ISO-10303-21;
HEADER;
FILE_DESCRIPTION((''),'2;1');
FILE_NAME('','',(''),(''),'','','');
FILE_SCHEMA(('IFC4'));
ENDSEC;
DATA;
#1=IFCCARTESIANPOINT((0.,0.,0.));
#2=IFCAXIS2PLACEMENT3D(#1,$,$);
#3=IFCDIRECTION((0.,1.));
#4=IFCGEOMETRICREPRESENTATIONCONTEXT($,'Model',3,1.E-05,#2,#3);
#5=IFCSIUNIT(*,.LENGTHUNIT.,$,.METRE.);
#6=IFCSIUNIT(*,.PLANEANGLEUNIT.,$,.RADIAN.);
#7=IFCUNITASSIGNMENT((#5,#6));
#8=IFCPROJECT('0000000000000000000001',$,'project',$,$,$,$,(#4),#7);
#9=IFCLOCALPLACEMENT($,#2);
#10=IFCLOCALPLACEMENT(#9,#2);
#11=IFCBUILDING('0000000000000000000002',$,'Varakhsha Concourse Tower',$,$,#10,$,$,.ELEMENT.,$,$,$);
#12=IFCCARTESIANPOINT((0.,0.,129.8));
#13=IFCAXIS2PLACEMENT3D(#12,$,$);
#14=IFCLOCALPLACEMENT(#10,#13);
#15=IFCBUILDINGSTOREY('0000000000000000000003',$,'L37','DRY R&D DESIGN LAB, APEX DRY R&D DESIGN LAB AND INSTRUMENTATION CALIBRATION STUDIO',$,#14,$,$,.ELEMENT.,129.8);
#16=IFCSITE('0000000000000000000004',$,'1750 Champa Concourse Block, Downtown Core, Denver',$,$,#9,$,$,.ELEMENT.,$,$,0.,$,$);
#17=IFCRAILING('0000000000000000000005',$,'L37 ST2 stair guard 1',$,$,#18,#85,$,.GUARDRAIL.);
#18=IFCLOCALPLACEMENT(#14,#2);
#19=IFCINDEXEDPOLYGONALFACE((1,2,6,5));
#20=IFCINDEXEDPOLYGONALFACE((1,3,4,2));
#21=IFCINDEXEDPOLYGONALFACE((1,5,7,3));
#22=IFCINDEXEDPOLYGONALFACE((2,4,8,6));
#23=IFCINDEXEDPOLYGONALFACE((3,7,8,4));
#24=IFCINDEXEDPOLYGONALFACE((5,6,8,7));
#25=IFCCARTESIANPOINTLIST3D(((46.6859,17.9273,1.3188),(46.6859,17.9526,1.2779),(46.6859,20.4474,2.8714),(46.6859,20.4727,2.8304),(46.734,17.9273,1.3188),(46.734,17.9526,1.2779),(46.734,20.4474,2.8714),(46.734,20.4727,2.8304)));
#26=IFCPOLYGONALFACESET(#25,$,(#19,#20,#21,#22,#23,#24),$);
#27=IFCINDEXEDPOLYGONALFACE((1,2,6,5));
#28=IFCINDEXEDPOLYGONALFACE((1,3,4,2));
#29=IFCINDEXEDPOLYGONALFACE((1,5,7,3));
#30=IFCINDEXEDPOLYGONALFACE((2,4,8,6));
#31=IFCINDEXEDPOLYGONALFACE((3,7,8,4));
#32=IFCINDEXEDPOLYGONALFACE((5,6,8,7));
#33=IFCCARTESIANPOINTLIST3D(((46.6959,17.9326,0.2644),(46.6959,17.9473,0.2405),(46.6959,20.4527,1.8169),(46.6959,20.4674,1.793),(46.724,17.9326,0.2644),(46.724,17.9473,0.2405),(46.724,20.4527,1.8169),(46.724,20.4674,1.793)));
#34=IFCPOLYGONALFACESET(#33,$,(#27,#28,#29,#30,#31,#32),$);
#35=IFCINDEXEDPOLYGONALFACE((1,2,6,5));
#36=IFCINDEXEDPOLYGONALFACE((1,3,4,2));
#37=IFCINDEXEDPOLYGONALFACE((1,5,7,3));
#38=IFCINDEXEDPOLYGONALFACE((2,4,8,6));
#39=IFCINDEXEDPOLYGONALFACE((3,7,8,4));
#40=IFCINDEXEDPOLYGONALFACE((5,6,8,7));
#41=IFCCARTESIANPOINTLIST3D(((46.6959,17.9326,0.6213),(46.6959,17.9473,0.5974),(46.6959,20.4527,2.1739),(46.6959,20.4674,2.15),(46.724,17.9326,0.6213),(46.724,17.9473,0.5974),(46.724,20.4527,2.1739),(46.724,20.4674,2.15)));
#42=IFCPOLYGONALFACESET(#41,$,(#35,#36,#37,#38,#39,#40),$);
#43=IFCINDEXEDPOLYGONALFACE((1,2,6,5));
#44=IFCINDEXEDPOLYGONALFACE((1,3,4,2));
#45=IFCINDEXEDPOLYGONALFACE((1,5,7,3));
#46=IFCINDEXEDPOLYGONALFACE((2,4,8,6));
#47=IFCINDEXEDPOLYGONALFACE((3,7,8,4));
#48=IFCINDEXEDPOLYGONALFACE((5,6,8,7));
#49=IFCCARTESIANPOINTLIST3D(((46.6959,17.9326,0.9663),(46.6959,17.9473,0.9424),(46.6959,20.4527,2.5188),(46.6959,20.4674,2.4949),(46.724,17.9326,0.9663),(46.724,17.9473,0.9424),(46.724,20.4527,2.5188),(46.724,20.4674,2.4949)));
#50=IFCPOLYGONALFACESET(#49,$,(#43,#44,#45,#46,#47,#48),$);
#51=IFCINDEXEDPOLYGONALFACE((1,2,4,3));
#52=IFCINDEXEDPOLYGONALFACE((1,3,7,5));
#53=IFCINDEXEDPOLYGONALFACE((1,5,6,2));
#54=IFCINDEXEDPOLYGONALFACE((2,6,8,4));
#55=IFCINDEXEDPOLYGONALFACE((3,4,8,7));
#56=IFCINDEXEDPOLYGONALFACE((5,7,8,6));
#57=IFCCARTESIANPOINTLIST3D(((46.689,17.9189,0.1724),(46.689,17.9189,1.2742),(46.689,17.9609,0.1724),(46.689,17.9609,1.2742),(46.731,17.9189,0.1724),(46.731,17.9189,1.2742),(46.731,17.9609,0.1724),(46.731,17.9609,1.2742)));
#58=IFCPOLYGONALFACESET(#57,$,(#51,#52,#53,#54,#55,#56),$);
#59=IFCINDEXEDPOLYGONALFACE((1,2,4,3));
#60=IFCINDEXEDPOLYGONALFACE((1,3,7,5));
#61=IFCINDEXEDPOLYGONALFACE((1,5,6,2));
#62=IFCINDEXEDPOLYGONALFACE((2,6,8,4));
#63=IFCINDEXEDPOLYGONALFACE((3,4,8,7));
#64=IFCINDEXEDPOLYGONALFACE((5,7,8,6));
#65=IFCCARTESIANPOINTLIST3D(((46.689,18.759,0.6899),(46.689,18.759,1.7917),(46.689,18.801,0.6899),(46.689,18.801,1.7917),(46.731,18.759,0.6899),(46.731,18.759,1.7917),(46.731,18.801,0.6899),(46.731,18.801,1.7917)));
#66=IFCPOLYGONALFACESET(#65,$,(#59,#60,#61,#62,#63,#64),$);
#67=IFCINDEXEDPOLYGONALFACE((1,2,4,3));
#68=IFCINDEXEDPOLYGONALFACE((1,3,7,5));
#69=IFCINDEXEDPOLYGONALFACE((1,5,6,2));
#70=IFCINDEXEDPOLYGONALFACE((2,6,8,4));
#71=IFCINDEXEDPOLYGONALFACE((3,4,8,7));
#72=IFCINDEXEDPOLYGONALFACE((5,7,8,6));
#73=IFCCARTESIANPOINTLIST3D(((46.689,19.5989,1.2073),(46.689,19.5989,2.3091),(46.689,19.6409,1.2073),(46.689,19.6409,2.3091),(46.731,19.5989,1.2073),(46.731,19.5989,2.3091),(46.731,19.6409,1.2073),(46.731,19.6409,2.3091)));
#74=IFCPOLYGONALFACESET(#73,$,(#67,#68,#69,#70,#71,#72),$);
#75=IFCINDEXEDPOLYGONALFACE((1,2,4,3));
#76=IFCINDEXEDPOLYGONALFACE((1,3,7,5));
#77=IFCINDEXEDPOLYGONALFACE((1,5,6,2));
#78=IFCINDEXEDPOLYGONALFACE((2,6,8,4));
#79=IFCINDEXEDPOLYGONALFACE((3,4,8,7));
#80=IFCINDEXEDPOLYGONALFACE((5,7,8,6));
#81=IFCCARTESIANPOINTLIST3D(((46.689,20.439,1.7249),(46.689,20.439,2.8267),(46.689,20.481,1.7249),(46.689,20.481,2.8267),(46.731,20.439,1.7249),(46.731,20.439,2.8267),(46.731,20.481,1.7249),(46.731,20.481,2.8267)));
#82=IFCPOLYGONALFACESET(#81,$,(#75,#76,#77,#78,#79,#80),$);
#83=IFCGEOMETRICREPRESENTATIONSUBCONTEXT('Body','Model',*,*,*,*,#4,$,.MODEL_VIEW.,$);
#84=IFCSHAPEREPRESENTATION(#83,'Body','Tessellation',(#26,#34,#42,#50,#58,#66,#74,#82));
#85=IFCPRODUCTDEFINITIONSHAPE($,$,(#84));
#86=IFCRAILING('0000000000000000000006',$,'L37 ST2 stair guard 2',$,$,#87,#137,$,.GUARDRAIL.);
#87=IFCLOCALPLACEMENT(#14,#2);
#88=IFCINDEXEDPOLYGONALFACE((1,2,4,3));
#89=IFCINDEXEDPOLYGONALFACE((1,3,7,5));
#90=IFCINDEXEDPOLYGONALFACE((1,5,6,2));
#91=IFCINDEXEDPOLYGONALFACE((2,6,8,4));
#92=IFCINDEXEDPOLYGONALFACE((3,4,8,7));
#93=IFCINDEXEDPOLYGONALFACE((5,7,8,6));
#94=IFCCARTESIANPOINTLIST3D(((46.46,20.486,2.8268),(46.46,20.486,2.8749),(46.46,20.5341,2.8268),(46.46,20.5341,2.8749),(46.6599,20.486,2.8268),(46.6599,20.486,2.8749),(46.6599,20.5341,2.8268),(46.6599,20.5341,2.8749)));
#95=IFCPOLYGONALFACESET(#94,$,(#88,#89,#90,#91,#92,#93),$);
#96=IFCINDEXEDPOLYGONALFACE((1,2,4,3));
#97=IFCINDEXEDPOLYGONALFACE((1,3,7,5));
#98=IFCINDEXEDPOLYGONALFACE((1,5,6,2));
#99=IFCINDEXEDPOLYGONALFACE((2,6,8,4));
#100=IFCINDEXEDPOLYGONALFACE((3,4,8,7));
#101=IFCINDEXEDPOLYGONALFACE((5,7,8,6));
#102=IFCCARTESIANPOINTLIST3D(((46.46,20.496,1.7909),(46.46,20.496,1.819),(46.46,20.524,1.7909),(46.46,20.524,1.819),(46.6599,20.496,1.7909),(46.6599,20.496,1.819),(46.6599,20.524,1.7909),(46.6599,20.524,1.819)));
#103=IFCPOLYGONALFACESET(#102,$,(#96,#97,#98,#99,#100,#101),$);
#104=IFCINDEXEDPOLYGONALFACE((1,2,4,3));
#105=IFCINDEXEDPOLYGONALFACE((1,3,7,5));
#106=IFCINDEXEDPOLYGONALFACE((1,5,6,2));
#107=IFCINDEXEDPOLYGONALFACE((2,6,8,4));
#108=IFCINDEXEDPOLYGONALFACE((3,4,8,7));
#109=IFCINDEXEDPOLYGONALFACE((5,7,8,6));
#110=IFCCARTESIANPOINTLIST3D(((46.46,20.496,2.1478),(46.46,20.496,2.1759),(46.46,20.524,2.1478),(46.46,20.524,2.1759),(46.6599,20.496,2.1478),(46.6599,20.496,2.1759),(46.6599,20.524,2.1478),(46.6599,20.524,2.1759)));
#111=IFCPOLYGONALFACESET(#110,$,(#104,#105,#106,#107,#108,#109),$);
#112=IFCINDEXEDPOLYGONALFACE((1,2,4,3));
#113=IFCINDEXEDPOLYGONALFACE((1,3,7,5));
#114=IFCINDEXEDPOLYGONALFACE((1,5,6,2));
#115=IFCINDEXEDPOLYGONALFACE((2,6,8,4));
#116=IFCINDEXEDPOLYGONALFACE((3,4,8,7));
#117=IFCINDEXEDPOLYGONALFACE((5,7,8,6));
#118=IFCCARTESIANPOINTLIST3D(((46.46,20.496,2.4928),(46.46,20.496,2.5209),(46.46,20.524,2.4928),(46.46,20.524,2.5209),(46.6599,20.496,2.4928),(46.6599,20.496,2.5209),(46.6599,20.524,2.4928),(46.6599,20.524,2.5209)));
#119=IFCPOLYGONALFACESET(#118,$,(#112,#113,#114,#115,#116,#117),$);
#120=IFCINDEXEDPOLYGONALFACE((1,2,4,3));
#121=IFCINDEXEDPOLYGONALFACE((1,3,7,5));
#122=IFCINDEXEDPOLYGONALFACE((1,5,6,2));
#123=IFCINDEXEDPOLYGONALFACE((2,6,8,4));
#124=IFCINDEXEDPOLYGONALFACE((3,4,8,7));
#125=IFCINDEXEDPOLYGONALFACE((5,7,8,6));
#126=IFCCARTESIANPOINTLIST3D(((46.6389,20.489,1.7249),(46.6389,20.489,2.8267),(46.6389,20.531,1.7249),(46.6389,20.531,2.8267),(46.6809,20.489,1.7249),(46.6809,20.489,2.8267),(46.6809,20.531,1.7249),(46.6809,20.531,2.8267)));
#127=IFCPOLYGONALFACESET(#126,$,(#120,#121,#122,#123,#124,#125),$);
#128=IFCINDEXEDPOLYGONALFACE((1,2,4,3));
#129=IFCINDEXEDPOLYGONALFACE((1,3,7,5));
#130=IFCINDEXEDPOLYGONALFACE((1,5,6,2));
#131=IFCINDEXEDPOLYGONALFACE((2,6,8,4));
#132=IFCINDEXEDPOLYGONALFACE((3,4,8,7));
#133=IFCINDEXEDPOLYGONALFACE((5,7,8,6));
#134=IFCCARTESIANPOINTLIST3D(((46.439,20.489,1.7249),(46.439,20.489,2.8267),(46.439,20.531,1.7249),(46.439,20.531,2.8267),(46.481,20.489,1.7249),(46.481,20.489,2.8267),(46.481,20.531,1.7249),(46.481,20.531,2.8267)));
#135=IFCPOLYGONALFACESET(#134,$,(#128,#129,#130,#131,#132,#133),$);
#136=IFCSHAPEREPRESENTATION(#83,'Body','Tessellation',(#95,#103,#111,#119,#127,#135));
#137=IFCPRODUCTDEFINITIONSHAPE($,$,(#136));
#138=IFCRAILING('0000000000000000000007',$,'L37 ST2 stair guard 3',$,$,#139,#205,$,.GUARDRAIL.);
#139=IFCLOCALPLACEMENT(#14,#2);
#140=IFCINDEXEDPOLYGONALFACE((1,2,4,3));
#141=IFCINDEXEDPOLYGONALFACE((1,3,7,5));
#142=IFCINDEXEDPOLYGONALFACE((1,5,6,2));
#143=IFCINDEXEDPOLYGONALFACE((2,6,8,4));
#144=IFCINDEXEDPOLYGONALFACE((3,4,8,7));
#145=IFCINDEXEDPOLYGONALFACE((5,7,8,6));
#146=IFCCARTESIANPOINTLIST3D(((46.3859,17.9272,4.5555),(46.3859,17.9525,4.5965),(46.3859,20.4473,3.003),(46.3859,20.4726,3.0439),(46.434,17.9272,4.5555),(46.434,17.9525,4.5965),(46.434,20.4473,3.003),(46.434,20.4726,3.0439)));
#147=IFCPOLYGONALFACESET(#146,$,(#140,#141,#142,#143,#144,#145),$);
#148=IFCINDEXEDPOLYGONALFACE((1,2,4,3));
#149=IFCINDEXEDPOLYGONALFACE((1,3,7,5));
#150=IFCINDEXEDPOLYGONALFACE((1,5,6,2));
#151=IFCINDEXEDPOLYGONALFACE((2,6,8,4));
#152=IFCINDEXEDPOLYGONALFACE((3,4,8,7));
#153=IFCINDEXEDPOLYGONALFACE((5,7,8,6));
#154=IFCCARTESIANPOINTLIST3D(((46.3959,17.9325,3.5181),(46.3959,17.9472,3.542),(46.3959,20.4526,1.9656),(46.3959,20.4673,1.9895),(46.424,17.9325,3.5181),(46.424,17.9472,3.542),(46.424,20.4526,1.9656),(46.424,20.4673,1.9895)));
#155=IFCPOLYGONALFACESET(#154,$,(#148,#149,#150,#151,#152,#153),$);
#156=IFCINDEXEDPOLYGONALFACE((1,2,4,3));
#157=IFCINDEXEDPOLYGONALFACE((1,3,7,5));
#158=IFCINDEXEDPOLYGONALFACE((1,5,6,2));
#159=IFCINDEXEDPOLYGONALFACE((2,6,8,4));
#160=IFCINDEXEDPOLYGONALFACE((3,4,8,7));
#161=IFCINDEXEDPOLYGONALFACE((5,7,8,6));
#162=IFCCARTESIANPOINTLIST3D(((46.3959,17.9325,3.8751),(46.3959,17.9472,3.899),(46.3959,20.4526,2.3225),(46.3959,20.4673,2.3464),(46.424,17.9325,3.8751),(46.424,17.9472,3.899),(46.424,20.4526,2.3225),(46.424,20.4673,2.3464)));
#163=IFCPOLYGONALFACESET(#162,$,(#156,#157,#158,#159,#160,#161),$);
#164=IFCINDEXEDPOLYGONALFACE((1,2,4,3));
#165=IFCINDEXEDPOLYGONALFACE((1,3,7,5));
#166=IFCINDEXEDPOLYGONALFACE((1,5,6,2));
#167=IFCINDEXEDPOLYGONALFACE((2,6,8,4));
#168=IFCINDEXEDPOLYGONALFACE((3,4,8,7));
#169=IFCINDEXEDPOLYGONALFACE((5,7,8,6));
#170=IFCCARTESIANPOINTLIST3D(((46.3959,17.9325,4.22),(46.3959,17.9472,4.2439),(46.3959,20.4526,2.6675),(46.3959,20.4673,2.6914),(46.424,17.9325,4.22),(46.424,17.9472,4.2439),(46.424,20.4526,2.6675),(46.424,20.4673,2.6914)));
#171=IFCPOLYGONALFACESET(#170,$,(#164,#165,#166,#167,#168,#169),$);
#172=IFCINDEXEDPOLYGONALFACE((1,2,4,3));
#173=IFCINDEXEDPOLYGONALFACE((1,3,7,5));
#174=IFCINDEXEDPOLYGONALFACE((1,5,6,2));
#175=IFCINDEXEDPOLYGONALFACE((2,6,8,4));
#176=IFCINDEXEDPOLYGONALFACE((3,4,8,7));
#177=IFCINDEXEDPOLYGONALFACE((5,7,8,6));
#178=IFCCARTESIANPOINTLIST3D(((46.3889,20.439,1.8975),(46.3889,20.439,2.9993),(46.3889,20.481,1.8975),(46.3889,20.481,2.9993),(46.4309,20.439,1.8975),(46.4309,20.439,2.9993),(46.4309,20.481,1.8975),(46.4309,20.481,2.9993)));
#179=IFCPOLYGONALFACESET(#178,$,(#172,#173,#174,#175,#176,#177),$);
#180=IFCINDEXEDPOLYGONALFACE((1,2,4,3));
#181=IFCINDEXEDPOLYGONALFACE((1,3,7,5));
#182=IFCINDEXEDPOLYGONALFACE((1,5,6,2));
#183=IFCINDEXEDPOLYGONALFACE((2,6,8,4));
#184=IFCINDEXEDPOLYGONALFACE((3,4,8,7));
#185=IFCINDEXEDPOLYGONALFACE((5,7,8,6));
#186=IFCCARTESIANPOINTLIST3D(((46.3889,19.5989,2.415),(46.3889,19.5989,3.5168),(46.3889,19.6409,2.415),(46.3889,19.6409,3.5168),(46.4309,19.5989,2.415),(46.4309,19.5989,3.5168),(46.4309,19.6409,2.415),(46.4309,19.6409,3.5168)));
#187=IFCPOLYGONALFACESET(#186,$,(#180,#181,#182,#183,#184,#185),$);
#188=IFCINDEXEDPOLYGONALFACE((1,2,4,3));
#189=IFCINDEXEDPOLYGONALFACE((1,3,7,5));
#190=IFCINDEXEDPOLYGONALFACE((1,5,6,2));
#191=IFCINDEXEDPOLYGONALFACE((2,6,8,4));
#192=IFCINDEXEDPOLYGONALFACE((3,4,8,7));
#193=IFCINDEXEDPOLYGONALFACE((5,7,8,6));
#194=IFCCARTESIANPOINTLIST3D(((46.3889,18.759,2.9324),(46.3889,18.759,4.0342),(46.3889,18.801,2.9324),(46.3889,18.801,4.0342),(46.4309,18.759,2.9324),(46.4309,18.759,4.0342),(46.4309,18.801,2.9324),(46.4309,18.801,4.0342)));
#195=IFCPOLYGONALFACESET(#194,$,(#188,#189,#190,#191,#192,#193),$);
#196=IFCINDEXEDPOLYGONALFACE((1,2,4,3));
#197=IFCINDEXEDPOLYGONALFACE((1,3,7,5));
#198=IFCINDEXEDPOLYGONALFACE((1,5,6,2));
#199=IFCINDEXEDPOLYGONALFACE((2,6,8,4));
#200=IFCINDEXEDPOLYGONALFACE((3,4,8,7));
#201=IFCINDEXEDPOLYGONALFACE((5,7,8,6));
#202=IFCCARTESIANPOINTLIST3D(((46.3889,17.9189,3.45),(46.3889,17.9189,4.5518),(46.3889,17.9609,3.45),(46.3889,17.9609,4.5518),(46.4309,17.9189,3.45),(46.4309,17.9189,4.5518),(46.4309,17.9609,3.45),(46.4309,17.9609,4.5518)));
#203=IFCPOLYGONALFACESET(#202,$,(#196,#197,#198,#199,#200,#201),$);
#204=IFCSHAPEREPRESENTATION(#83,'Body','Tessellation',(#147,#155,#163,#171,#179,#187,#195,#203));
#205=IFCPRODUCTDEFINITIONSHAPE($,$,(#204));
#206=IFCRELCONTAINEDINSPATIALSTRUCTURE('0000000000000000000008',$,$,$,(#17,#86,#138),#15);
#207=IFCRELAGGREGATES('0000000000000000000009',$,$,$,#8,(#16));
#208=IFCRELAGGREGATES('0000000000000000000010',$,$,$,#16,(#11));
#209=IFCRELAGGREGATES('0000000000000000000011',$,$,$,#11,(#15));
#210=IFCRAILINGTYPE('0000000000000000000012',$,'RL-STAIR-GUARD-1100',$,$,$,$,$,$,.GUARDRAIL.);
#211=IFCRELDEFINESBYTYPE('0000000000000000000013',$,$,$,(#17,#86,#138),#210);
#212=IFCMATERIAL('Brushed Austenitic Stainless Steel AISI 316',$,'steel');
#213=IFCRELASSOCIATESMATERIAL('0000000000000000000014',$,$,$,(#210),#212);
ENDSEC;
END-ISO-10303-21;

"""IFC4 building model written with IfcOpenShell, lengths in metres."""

from ifc_helpers import new_model, si_unit, direction, frame, origin, origin_2d, place, context, subcontext, project, spatial, rectangle, extrude, material, type_object, element, save


model = new_model("IFC4")

# Units and contexts
model_context = context("Model", 3, precision=1e-05, world=origin(), true_north=direction((0.0, 1.0)))
body_context = subcontext(model_context, "Body", "Model", "MODEL_VIEW")
ifc_project = project(units=[si_unit("LENGTHUNIT", "METRE"), si_unit("PLANEANGLEUNIT", "RADIAN")], contexts=[model_context])

# Site, building, storey
site_placement = place(None, origin())
site = spatial("IfcSite", under=ifc_project, at=site_placement, Name="1750 Champa Concourse Block, Downtown Core, Denver", CompositionType="ELEMENT", RefElevation=0.0)
building_placement = place(site_placement, origin())
building = spatial("IfcBuilding", under=site, at=building_placement, Name="Varakhsha Concourse Tower", CompositionType="ELEMENT")
storey_placement = place(building_placement, frame((0.0, 0.0, 129.8)))
storey = spatial("IfcBuildingStorey", under=building, at=storey_placement, Name="L37", Description="DRY R&D DESIGN LAB, APEX DRY R&D DESIGN LAB AND INSTRUMENTATION CALIBRATION STUDIO", CompositionType="ELEMENT", Elevation=129.8)

# Railings
ifc_material_1 = material(Name="Brushed Austenitic Stainless Steel AISI 316", Category="steel")
railing_type_1 = type_object("IfcRailingType", Name="RL-STAIR-GUARD-1100", PredefinedType="GUARDRAIL", material=ifc_material_1)
railing_1_placement = place(storey_placement, frame((46.71, 17.9399, 0.1724)))
element("IfcRailing", 1, at=railing_1_placement, inside=storey, type_object=railing_type_1, Name="L37 ST2 stair guard 1", PredefinedType="GUARDRAIL", context=body_context, shape_type="SweptSolid", body=[
    extrude(rectangle(XDim=0.0481, YDim=0.0481, at=origin_2d()), frame((0.0, 0.0, 1.126), z_axis=(0.0, 0.8514, 0.524516), x_axis=(-1.0, 0.0, 0.0)), (0.0, 0.0, 1.0), 2.96),
    extrude(rectangle(XDim=0.0281, YDim=0.0281, at=origin_2d()), frame((0.0, 0.0, 0.0801), z_axis=(0.0, 0.8514, 0.524516), x_axis=(-1.0, 0.0, 0.0)), (0.0, 0.0, 1.0), 2.96),
    extrude(rectangle(XDim=0.0281, YDim=0.0281, at=origin_2d()), frame((0.0, 0.0, 0.437), z_axis=(0.0, 0.8514, 0.524516), x_axis=(-1.0, 0.0, 0.0)), (0.0, 0.0, 1.0), 2.96),
    extrude(rectangle(XDim=0.0281, YDim=0.0281, at=origin_2d()), frame((0.0, 0.0, 0.782), z_axis=(0.0, 0.8514, 0.524516), x_axis=(-1.0, 0.0, 0.0)), (0.0, 0.0, 1.0), 2.96),
    extrude(rectangle(XDim=0.042, YDim=0.042, at=origin_2d()), origin(), (0.0, 0.0, 1.0), 1.1018),
    extrude(rectangle(XDim=0.042, YDim=0.042, at=origin_2d()), frame((0.0, 0.8401, 0.5176)), (0.0, 0.0, 1.0), 1.1018),
    extrude(rectangle(XDim=0.042, YDim=0.042, at=origin_2d()), frame((0.0, 1.6799, 1.0349)), (0.0, 0.0, 1.0), 1.1018),
    extrude(rectangle(XDim=0.042, YDim=0.042, at=origin_2d()), frame((0.0, 2.52, 1.5525)), (0.0, 0.0, 1.0), 1.1018),
])
railing_2_placement = place(storey_placement, frame((46.6599, 20.51, 1.7249)))
element("IfcRailing", 2, at=railing_2_placement, inside=storey, type_object=railing_type_1, Name="L37 ST2 stair guard 2", PredefinedType="GUARDRAIL", context=body_context, shape_type="SweptSolid", body=[
    extrude(rectangle(XDim=0.0481, YDim=0.0481, at=origin_2d()), frame((0.0, 0.0, 1.126), z_axis=(-1.0, 0.0, 0.0), x_axis=(0.0, -1.0, 0.0)), (0.0, 0.0, 1.0), 0.2),
    extrude(rectangle(XDim=0.0281, YDim=0.0281, at=origin_2d()), frame((0.0, 0.0, 0.0801), z_axis=(-1.0, 0.0, 0.0), x_axis=(0.0, -1.0, 0.0)), (0.0, 0.0, 1.0), 0.2),
    extrude(rectangle(XDim=0.0281, YDim=0.0281, at=origin_2d()), frame((0.0, 0.0, 0.437), z_axis=(-1.0, 0.0, 0.0), x_axis=(0.0, -1.0, 0.0)), (0.0, 0.0, 1.0), 0.2),
    extrude(rectangle(XDim=0.0281, YDim=0.0281, at=origin_2d()), frame((0.0, 0.0, 0.782), z_axis=(-1.0, 0.0, 0.0), x_axis=(0.0, -1.0, 0.0)), (0.0, 0.0, 1.0), 0.2),
    extrude(rectangle(XDim=0.042, YDim=0.042, at=origin_2d()), origin(), (0.0, 0.0, 1.0), 1.1018),
    extrude(rectangle(XDim=0.042, YDim=0.042, at=origin_2d()), frame((-0.2, 0.0, 0.0)), (0.0, 0.0, 1.0), 1.1018),
])
railing_3_placement = place(storey_placement, frame((46.4099, 20.46, 1.8975)))
element("IfcRailing", 3, at=railing_3_placement, inside=storey, type_object=railing_type_1, Name="L37 ST2 stair guard 3", PredefinedType="GUARDRAIL", context=body_context, shape_type="SweptSolid", body=[
    extrude(rectangle(XDim=0.0481, YDim=0.0481, at=origin_2d()), frame((0.0, 0.0, 1.126), z_axis=(0.0, -0.8514, 0.524516), x_axis=(1.0, 0.0, 0.0)), (0.0, 0.0, 1.0), 2.96),
    extrude(rectangle(XDim=0.0281, YDim=0.0281, at=origin_2d()), frame((0.0, 0.0, 0.0801), z_axis=(0.0, -0.8514, 0.524516), x_axis=(1.0, 0.0, 0.0)), (0.0, 0.0, 1.0), 2.96),
    extrude(rectangle(XDim=0.0281, YDim=0.0281, at=origin_2d()), frame((0.0, 0.0, 0.437), z_axis=(0.0, -0.8514, 0.524516), x_axis=(1.0, 0.0, 0.0)), (0.0, 0.0, 1.0), 2.96),
    extrude(rectangle(XDim=0.0281, YDim=0.0281, at=origin_2d()), frame((0.0, 0.0, 0.782), z_axis=(0.0, -0.8514, 0.524516), x_axis=(1.0, 0.0, 0.0)), (0.0, 0.0, 1.0), 2.96),
    extrude(rectangle(XDim=0.042, YDim=0.042, at=origin_2d()), origin(), (0.0, 0.0, 1.0), 1.1018),
    extrude(rectangle(XDim=0.042, YDim=0.042, at=origin_2d()), frame((0.0, -0.8401, 0.5176)), (0.0, 0.0, 1.0), 1.1018),
    extrude(rectangle(XDim=0.042, YDim=0.042, at=origin_2d()), frame((0.0, -1.6799, 1.0349)), (0.0, 0.0, 1.0), 1.1018),
    extrude(rectangle(XDim=0.042, YDim=0.042, at=origin_2d()), frame((0.0, -2.52, 1.5525)), (0.0, 0.0, 1.0), 1.1018),
])

save(model, "model.ifc")
